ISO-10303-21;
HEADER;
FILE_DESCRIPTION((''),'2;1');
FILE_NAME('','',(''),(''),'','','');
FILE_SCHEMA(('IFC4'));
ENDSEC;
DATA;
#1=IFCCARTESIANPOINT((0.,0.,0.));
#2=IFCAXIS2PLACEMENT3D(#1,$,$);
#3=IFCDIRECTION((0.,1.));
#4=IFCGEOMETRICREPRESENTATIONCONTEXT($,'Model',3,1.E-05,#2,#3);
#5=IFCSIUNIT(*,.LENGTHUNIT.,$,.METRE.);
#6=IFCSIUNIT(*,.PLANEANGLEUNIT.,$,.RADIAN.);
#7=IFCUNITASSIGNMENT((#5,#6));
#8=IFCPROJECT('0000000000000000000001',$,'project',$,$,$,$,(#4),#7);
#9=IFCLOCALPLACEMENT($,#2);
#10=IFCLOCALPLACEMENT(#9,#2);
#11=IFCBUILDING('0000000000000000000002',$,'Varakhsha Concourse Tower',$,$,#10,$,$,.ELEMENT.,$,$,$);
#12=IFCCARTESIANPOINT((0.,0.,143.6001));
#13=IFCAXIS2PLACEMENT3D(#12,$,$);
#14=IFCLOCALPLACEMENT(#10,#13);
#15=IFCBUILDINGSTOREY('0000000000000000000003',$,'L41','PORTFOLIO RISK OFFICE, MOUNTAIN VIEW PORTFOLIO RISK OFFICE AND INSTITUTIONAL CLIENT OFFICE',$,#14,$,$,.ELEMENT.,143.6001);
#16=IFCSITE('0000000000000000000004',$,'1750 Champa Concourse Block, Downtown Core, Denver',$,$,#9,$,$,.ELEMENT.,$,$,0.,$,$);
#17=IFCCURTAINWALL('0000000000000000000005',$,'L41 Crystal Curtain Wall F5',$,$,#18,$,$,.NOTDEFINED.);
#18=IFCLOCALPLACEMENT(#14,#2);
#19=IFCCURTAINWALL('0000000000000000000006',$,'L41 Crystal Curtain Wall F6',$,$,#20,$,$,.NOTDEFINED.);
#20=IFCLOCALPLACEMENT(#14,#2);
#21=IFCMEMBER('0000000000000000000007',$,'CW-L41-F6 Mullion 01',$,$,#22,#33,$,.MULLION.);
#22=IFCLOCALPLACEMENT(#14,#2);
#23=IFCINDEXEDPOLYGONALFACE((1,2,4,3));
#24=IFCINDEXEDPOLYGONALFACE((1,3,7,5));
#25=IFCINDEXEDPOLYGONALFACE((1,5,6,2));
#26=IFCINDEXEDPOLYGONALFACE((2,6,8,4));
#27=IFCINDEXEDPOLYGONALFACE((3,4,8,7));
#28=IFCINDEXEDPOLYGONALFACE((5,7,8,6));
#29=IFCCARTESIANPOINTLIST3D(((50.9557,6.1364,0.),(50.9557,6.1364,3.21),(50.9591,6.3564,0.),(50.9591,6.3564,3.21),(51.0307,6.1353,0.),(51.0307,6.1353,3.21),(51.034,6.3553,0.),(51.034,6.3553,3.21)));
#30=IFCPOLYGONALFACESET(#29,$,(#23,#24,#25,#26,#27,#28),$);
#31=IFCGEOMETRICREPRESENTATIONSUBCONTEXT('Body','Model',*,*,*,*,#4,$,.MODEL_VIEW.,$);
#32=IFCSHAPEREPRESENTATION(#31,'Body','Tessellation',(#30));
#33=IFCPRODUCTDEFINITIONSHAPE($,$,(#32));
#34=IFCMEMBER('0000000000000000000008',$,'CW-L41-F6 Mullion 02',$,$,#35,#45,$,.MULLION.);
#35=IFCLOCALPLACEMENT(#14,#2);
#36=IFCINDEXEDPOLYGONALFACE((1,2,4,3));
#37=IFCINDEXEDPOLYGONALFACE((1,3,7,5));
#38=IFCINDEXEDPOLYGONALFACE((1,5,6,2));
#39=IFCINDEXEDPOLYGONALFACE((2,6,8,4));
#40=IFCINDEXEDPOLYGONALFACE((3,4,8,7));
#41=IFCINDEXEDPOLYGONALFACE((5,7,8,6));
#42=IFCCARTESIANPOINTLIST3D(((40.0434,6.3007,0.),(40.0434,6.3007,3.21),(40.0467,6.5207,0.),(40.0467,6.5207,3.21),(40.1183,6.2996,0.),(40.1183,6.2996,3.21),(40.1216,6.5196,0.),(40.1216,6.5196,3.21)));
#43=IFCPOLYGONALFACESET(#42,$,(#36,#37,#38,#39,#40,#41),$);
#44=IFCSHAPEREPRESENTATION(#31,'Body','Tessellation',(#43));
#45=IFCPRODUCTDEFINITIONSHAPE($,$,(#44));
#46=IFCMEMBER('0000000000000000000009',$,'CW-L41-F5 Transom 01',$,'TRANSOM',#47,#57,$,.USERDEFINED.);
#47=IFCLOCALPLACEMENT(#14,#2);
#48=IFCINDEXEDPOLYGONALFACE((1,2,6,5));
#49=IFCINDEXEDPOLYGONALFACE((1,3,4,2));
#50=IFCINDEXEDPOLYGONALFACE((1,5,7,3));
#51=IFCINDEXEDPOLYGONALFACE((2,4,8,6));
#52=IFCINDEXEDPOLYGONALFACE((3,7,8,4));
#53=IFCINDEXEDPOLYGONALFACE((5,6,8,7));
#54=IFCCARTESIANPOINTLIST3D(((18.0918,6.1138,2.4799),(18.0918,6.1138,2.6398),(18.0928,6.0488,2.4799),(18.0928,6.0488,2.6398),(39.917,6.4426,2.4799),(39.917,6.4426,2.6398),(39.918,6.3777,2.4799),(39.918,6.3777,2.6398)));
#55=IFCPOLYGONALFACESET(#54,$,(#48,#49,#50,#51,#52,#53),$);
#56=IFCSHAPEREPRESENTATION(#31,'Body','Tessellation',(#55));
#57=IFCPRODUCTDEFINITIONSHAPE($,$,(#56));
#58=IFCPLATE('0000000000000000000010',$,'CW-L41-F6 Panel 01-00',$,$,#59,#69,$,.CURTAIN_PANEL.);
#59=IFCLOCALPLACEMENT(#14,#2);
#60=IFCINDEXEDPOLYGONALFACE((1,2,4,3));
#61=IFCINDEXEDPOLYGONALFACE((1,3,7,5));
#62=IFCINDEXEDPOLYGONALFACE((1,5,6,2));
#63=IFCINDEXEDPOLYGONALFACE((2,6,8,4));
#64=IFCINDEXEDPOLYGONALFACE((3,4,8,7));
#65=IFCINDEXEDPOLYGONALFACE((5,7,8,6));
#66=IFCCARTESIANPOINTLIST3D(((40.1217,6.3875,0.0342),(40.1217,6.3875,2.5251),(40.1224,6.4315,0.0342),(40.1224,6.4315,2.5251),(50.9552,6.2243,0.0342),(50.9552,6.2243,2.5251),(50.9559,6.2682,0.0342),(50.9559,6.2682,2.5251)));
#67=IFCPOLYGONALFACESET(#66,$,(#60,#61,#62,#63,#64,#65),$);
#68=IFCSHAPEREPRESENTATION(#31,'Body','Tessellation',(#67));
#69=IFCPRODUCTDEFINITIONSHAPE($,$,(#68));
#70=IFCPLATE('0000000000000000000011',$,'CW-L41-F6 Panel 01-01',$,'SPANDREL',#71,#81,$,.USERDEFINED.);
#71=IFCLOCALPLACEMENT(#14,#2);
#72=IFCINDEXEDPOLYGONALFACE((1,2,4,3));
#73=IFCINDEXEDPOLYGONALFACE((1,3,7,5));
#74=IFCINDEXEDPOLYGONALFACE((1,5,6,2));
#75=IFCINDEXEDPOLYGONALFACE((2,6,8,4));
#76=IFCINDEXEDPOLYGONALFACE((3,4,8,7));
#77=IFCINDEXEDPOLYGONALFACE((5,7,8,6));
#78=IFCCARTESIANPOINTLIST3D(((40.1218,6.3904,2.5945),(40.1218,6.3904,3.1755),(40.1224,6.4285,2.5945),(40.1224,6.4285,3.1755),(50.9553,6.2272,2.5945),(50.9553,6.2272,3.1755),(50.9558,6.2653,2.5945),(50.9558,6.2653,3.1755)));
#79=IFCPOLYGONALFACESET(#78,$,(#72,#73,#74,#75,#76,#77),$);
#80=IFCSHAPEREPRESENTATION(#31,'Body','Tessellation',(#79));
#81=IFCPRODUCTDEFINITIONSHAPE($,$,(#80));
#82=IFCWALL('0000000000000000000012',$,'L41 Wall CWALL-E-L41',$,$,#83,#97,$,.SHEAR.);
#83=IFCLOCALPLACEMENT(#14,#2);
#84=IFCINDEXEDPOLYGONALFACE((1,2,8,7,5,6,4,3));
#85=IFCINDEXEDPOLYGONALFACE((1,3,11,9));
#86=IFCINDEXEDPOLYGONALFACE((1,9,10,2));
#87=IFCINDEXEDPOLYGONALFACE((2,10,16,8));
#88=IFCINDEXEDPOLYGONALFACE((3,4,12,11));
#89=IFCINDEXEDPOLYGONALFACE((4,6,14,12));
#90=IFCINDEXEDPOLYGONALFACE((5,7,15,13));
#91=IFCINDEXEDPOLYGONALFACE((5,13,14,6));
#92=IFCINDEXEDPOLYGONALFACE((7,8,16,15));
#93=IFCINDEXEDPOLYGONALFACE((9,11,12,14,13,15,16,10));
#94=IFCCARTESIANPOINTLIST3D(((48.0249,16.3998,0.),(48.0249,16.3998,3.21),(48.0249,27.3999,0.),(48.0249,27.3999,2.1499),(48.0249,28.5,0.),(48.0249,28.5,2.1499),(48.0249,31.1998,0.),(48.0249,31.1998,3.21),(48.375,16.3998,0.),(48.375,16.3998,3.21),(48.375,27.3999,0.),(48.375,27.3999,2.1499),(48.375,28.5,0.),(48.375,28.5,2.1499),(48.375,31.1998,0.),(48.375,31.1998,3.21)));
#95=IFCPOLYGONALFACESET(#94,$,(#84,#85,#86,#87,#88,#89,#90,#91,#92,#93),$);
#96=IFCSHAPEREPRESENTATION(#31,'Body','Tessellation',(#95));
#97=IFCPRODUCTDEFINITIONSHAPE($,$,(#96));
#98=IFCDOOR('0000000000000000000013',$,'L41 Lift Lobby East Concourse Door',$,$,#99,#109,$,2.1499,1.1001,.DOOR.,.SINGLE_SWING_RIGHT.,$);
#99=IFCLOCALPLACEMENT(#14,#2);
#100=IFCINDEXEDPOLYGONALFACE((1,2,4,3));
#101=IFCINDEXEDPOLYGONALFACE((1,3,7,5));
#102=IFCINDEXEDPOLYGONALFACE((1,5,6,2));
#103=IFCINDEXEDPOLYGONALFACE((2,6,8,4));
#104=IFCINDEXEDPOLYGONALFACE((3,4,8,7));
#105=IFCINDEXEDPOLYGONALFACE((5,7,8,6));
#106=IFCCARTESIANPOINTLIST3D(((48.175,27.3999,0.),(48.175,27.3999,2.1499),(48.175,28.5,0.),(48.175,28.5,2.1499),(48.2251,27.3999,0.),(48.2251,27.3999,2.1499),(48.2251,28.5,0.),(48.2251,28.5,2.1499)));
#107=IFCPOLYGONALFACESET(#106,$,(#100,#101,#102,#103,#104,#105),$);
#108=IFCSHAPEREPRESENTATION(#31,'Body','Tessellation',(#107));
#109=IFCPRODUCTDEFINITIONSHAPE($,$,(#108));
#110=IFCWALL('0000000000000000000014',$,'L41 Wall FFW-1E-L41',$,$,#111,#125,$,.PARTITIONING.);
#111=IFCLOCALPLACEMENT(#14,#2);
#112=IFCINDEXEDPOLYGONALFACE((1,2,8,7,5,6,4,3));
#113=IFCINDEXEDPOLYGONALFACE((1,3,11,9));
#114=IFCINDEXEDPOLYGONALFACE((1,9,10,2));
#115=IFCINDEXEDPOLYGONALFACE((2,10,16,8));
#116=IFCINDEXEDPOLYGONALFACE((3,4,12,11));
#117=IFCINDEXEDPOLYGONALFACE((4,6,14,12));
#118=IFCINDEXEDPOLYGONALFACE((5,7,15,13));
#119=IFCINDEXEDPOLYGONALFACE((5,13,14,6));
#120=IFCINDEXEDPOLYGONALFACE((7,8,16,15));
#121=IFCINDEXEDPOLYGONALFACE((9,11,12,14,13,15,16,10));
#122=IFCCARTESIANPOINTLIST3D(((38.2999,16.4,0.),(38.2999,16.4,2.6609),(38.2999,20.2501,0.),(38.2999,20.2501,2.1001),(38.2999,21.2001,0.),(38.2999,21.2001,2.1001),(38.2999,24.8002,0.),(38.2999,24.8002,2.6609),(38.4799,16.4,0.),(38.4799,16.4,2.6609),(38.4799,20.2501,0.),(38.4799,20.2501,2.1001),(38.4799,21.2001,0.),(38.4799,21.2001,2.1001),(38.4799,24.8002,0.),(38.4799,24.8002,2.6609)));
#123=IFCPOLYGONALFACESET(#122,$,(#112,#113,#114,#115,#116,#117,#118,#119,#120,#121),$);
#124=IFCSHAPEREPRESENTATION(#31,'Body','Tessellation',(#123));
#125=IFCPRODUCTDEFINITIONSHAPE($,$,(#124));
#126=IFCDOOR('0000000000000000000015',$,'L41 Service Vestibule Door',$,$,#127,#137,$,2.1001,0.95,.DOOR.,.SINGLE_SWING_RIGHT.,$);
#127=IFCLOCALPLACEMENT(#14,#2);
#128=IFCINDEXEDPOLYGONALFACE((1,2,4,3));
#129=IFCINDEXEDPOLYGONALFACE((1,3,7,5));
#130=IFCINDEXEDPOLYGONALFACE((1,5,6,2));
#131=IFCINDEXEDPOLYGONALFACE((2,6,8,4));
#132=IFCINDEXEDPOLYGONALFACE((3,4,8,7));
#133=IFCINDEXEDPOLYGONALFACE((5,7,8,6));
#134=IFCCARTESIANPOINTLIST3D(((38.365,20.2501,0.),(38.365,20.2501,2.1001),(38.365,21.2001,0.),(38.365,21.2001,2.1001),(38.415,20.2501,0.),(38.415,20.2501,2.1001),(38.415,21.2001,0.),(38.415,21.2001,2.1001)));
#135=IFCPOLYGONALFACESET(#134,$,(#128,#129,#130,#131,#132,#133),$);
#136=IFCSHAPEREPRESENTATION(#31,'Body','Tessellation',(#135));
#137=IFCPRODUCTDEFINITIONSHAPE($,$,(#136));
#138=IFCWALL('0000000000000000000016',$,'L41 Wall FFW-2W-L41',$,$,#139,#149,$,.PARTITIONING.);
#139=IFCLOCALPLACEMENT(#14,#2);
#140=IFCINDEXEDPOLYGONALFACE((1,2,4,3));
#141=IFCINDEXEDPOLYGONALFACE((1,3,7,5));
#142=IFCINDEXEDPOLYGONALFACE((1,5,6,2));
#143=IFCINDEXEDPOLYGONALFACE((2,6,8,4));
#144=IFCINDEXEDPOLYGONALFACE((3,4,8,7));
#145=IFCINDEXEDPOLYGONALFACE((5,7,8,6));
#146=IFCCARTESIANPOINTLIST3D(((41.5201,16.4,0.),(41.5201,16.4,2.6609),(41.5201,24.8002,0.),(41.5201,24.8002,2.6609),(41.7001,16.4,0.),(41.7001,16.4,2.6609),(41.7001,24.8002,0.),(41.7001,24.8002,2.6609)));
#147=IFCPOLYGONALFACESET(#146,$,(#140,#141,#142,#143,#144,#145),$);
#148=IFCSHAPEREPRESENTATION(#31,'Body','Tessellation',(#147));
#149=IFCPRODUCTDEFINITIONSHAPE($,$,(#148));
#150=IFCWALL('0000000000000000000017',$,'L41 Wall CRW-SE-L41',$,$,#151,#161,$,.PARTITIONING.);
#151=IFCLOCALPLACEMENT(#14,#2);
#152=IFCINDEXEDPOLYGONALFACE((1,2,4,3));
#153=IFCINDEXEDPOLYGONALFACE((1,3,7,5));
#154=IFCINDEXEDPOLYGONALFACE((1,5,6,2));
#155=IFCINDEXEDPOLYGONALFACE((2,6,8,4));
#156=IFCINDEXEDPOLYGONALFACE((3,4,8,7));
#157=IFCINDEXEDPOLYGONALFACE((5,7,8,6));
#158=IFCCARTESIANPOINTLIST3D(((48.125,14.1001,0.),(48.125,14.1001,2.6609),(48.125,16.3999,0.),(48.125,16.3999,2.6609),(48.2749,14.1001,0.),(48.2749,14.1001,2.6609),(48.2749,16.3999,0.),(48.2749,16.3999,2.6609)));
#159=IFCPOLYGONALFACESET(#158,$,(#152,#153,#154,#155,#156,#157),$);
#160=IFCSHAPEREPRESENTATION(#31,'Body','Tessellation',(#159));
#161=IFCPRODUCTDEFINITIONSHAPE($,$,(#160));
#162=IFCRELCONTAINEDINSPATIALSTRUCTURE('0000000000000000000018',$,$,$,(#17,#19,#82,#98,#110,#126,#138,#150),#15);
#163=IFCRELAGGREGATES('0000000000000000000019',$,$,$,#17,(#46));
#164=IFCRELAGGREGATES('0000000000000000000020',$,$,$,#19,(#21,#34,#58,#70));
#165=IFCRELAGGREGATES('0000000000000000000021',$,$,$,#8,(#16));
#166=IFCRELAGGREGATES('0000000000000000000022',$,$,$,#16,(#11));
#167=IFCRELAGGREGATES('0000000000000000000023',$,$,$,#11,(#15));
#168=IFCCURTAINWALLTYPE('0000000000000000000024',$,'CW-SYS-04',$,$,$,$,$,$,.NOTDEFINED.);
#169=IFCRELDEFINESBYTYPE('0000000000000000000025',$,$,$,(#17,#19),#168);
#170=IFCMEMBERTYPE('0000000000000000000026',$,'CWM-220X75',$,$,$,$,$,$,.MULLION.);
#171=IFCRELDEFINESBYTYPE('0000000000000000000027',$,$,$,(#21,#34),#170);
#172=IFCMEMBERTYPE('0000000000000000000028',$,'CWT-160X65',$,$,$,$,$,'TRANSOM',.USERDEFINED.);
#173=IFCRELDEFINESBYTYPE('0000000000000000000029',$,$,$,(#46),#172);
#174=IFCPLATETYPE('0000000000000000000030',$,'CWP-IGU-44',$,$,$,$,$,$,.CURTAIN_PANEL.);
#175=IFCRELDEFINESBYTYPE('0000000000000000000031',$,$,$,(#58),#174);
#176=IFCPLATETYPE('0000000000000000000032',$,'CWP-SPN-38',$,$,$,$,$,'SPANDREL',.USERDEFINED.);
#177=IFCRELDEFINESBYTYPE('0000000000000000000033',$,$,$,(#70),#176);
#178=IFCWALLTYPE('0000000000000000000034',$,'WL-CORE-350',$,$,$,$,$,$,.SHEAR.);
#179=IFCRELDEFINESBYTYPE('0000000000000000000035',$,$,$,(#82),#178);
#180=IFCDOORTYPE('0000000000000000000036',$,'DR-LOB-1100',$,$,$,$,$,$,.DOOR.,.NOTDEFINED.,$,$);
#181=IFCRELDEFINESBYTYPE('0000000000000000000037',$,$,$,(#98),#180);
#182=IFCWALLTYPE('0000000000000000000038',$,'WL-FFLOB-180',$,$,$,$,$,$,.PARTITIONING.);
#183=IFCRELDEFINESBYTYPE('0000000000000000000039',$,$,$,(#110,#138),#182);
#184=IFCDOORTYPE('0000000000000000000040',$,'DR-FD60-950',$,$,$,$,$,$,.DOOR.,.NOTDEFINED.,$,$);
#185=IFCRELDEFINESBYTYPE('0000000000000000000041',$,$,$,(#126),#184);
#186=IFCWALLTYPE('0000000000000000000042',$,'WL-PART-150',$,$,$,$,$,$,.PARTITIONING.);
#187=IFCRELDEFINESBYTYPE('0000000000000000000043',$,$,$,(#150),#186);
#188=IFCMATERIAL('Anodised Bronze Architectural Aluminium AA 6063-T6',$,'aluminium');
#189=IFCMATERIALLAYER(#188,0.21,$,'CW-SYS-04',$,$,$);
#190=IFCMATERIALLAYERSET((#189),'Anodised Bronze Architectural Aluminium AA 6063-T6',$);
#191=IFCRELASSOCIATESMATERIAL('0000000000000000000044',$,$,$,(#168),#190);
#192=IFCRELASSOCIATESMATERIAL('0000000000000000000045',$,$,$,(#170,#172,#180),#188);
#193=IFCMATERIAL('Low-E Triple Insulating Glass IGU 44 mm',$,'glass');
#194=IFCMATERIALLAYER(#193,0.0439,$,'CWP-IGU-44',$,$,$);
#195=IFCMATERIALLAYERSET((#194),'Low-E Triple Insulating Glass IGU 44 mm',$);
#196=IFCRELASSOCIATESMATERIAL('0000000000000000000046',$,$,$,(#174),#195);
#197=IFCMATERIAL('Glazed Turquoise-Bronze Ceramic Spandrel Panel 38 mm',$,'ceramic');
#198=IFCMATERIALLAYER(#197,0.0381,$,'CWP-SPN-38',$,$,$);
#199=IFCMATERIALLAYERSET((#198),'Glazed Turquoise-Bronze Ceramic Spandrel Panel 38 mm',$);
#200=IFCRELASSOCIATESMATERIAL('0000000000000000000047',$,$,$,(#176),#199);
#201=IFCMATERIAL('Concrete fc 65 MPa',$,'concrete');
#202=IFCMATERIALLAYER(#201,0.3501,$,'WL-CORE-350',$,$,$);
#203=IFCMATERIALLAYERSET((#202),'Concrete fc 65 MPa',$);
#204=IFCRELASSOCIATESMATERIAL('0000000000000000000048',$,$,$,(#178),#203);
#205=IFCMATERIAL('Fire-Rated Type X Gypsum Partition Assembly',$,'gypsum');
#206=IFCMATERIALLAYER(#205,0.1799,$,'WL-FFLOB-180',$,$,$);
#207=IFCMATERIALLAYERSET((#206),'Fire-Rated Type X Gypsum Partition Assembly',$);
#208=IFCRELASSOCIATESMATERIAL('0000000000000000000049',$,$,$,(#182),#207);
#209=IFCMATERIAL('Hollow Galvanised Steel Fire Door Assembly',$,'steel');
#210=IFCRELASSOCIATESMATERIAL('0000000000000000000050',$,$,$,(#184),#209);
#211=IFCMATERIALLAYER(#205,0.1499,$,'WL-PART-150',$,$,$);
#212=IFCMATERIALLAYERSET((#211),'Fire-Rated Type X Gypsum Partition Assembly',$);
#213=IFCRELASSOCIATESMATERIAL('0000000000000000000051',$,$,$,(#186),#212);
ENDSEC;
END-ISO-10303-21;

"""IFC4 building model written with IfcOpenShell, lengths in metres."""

from ifc_helpers import new_model, si_unit, direction, frame, frame_2d, origin, origin_2d, place, context, subcontext, project, spatial, rectangle, extrude, source, transform, mapped, material, layer, layer_set, material_profile, profile_set, type_object, type_shapes, element, fill, aggregate, save


model = new_model("IFC4")

# Units and contexts
model_context = context("Model", 3, precision=1e-05, world=origin(), true_north=direction((0.0, 1.0)))
body_context = subcontext(model_context, "Body", "Model", "MODEL_VIEW")
ifc_project = project(units=[si_unit("LENGTHUNIT", "METRE"), si_unit("PLANEANGLEUNIT", "RADIAN")], contexts=[model_context])

# Site, building, storey
site_placement = place(None, origin())
site = spatial("IfcSite", under=ifc_project, at=site_placement, Name="1750 Champa Concourse Block, Downtown Core, Denver", CompositionType="ELEMENT", RefElevation=0.0)
building_placement = place(site_placement, origin())
building = spatial("IfcBuilding", under=site, at=building_placement, Name="Varakhsha Concourse Tower", CompositionType="ELEMENT")
storey_placement = place(building_placement, frame((0.0, 0.0, 143.6001)))
storey = spatial("IfcBuildingStorey", under=building, at=storey_placement, Name="L41", Description="PORTFOLIO RISK OFFICE, MOUNTAIN VIEW PORTFOLIO RISK OFFICE AND INSTITUTIONAL CLIENT OFFICE", CompositionType="ELEMENT", Elevation=143.6001)

# Shared definitions
ifc_material_1 = material(Name="Concrete fc 65 MPa", Category="concrete")

# Curtain wall
ifc_material_2 = material(Name="Anodised Bronze Architectural Aluminium AA 6063-T6", Category="aluminium")
ifc_layer_1 = layer(ifc_material_2, 0.21, Name="CW-SYS-04")
ifc_layer_set_1 = layer_set([ifc_layer_1], Name="Anodised Bronze Architectural Aluminium AA 6063-T6")
curtain_wall_type = type_object("IfcCurtainWallType", Name="CW-SYS-04", PredefinedType="NOTDEFINED", material=ifc_layer_set_1)
curtain_wall_1_placement = place(storey_placement, origin())
curtain_wall_1 = element("IfcCurtainWall", 1, at=curtain_wall_1_placement, inside=storey, type_object=curtain_wall_type, Name="L41 Crystal Curtain Wall F5", PredefinedType="NOTDEFINED")
ifc_material_profile_1 = material_profile(ifc_material_2, rectangle(XDim=0.075, YDim=0.22, at=origin_2d()), Name="CWM-220X75")
ifc_profile_set_1 = profile_set([ifc_material_profile_1], Name="Anodised Bronze Architectural Aluminium AA 6063-T6")
member_type_1 = type_object("IfcMemberType", Name="CWM-220X75", PredefinedType="MULLION", material=ifc_profile_set_1)
shared_shape_1 = source(origin(), body_context, "Body", "SweptSolid", [
    extrude(rectangle(XDim=0.075, YDim=0.22, at=origin_2d()), origin(), (0.0, 0.0, 1.0), 3.21),
])
type_shapes(member_type_1, [shared_shape_1])

# Curtain wall, members
curtain_wall_2_placement = place(storey_placement, origin())
curtain_wall_2 = element("IfcCurtainWall", 2, at=curtain_wall_2_placement, inside=storey, type_object=curtain_wall_type, Name="L41 Crystal Curtain Wall F6", PredefinedType="NOTDEFINED")
member_1_placement = place(storey_placement, frame((50.9949, 6.2458, 0.0), z_axis=(0.0, 0.0, 1.0), x_axis=(-0.999887, 0.015063, 0.0)))
member_1 = element("IfcMember", 3, at=member_1_placement, type_object=member_type_1, Name="CW-L41-F6 Mullion 01", PredefinedType="MULLION", context=body_context, shape_type="MappedRepresentation", body=[
    mapped(shared_shape_1, transform((0.0, 0.0, 0.0), scale=1.0)),
])
member_2_placement = place(storey_placement, frame((40.0825, 6.4102, 0.0), z_axis=(0.0, 0.0, 1.0), x_axis=(-0.999887, 0.015063, 0.0)))
member_2 = element("IfcMember", 4, at=member_2_placement, type_object=member_type_1, Name="CW-L41-F6 Mullion 02", PredefinedType="MULLION", context=body_context, shape_type="MappedRepresentation", body=[
    mapped(shared_shape_1, transform((0.0, 0.0, 0.0), scale=1.0)),
])

# Member
ifc_material_profile_2 = material_profile(ifc_material_2, rectangle(XDim=0.0649, YDim=0.1599, at=origin_2d()), Name="CWT-160X65")
ifc_profile_set_2 = profile_set([ifc_material_profile_2], Name="Anodised Bronze Architectural Aluminium AA 6063-T6")
member_type_2 = type_object("IfcMemberType", Name="CWT-160X65", ElementType="TRANSOM", PredefinedType="USERDEFINED", material=ifc_profile_set_2)
shared_shape_2 = source(origin(), body_context, "Body", "SweptSolid", [
    extrude(rectangle(XDim=0.0649, YDim=0.1599, at=origin_2d()), origin(), (0.0, 0.0, 1.0), 21.8276),
])
type_shapes(member_type_2, [shared_shape_2])
member_3_placement = place(storey_placement, frame((39.9175, 6.4102, 2.5598), z_axis=(-0.999887, -0.015066, 0.0), x_axis=(0.015066, -0.999887, 0.0)))
member_3 = element("IfcMember", 5, at=member_3_placement, type_object=member_type_2, Name="CW-L41-F5 Transom 01", ObjectType="TRANSOM", PredefinedType="USERDEFINED", context=body_context, shape_type="MappedRepresentation", body=[
    mapped(shared_shape_2, transform((0.0, 0.0, 0.0), scale=1.0)),
])
aggregate(curtain_wall_1, [member_3])

# Plates
ifc_material_3 = material(Name="Low-E Triple Insulating Glass IGU 44 mm", Category="glass")
ifc_layer_2 = layer(ifc_material_3, 0.0439, Name="CWP-IGU-44")
ifc_layer_set_2 = layer_set([ifc_layer_2], Name="Low-E Triple Insulating Glass IGU 44 mm")
plate_type_1 = type_object("IfcPlateType", Name="CWP-IGU-44", PredefinedType="CURTAIN_PANEL", material=ifc_layer_set_2)
shared_shape_3 = source(origin(), body_context, "Body", "SweptSolid", [
    extrude(rectangle(XDim=10.8347, YDim=0.0439, at=origin_2d()), origin(), (0.0, 0.0, 1.0), 2.491),
])
type_shapes(plate_type_1, [shared_shape_3])
plate_1_placement = place(storey_placement, frame((45.5388, 6.3279, 0.0342), z_axis=(0.0, 0.0, 1.0), x_axis=(-0.999887, 0.015063, 0.0)))
plate_1 = element("IfcPlate", 6, at=plate_1_placement, type_object=plate_type_1, Name="CW-L41-F6 Panel 01-00", PredefinedType="CURTAIN_PANEL", context=body_context, shape_type="MappedRepresentation", body=[
    mapped(shared_shape_3, transform((0.0, 0.0, 0.0), scale=1.0)),
])
ifc_material_4 = material(Name="Glazed Turquoise-Bronze Ceramic Spandrel Panel 38 mm", Category="ceramic")
ifc_layer_3 = layer(ifc_material_4, 0.0381, Name="CWP-SPN-38")
ifc_layer_set_3 = layer_set([ifc_layer_3], Name="Glazed Turquoise-Bronze Ceramic Spandrel Panel 38 mm")
plate_type_2 = type_object("IfcPlateType", Name="CWP-SPN-38", ElementType="SPANDREL", PredefinedType="USERDEFINED", material=ifc_layer_set_3)
shared_shape_4 = source(origin(), body_context, "Body", "SweptSolid", [
    extrude(rectangle(XDim=10.8347, YDim=0.0381, at=origin_2d()), origin(), (0.0, 0.0, 1.0), 0.5811),
])
type_shapes(plate_type_2, [shared_shape_4])
plate_2_placement = place(storey_placement, frame((45.5388, 6.3279, 2.5945), z_axis=(0.0, 0.0, 1.0), x_axis=(-0.999887, 0.015063, 0.0)))
plate_2 = element("IfcPlate", 7, at=plate_2_placement, type_object=plate_type_2, Name="CW-L41-F6 Panel 01-01", ObjectType="SPANDREL", PredefinedType="USERDEFINED", context=body_context, shape_type="MappedRepresentation", body=[
    mapped(shared_shape_4, transform((0.0, 0.0, 0.0), scale=1.0)),
])
aggregate(curtain_wall_2, [member_1, member_2, plate_1, plate_2])

# Walls, openings, doors
ifc_layer_4 = layer(ifc_material_1, 0.3501, Name="WL-CORE-350")
ifc_layer_set_4 = layer_set([ifc_layer_4], Name="Concrete fc 65 MPa")
wall_type_1 = type_object("IfcWallType", Name="WL-CORE-350", PredefinedType="SHEAR", material=ifc_layer_set_4)
wall_1_placement = place(storey_placement, frame((48.2, 16.3999, 0.0), z_axis=(0.0, 0.0, 1.0), x_axis=(0.0, 1.0, 0.0)))
wall_1 = element("IfcWall", 8, at=wall_1_placement, inside=storey, type_object=wall_type_1, Name="L41 Wall CWALL-E-L41", PredefinedType="SHEAR", context=body_context, shape_type="SweptSolid", body=[
    extrude(rectangle(XDim=14.8, YDim=0.3501, at=frame_2d((7.3999, 0.0))), origin(), (0.0, 0.0, 1.0), 3.21),
])
opening_1_placement = place(wall_1_placement, frame((11.0, 0.0, 0.0)))
opening_1 = element("IfcOpeningElement", 9, at=opening_1_placement, cuts=wall_1, PredefinedType="OPENING", context=body_context, shape_type="SweptSolid", body=[
    extrude(rectangle(XDim=1.1001, YDim=2.1499, at=frame_2d((0.55, 1.075))), frame((0.0, 0.1851, 0.0), z_axis=(0.0, -1.0, 0.0), x_axis=(1.0, 0.0, 0.0)), (0.0, 0.0, 1.0), 0.3701),
])
door_type_1 = type_object("IfcDoorType", Name="DR-LOB-1100", OperationType="NOTDEFINED", PredefinedType="DOOR", material=ifc_material_2)
door_1_placement = place(opening_1_placement, origin())
door_1 = element("IfcDoor", 10, at=door_1_placement, inside=storey, type_object=door_type_1, Name="L41 Lift Lobby East Concourse Door", OperationType="SINGLE_SWING_RIGHT", OverallHeight=2.1499, OverallWidth=1.1001, PredefinedType="DOOR", context=body_context, shape_type="SweptSolid", body=[
    extrude(rectangle(XDim=1.1001, YDim=2.1499, at=frame_2d((0.55, 1.075))), frame((0.0, 0.0249, 0.0), z_axis=(0.0, -1.0, 0.0), x_axis=(1.0, 0.0, 0.0)), (0.0, 0.0, 1.0), 0.05),
])
fill(opening_1, door_1)
ifc_material_5 = material(Name="Fire-Rated Type X Gypsum Partition Assembly", Category="gypsum")
ifc_layer_5 = layer(ifc_material_5, 0.1799, Name="WL-FFLOB-180")
ifc_layer_set_5 = layer_set([ifc_layer_5], Name="Fire-Rated Type X Gypsum Partition Assembly")
wall_type_2 = type_object("IfcWallType", Name="WL-FFLOB-180", PredefinedType="PARTITIONING", material=ifc_layer_set_5)
wall_2_placement = place(storey_placement, frame((38.3899, 16.3999, 0.0), z_axis=(0.0, 0.0, 1.0), x_axis=(0.0, 1.0, 0.0)))
wall_2 = element("IfcWall", 11, at=wall_2_placement, inside=storey, type_object=wall_type_2, Name="L41 Wall FFW-1E-L41", PredefinedType="PARTITIONING", context=body_context, shape_type="SweptSolid", body=[
    extrude(rectangle(XDim=8.4001, YDim=0.1799, at=frame_2d((4.2002, 0.0))), origin(), (0.0, 0.0, 1.0), 2.6609),
])
opening_2_placement = place(wall_2_placement, frame((3.8501, 0.0, 0.0)))
opening_2 = element("IfcOpeningElement", 12, at=opening_2_placement, cuts=wall_2, PredefinedType="OPENING", context=body_context, shape_type="SweptSolid", body=[
    extrude(rectangle(XDim=0.95, YDim=2.1001, at=frame_2d((0.4751, 1.05))), frame((0.0, 0.0999, 0.0), z_axis=(0.0, -1.0, 0.0), x_axis=(1.0, 0.0, 0.0)), (0.0, 0.0, 1.0), 0.2),
])
ifc_material_6 = material(Name="Hollow Galvanised Steel Fire Door Assembly", Category="steel")
door_type_2 = type_object("IfcDoorType", Name="DR-FD60-950", OperationType="NOTDEFINED", PredefinedType="DOOR", material=ifc_material_6)
door_2_placement = place(opening_2_placement, origin())
door_2 = element("IfcDoor", 13, at=door_2_placement, inside=storey, type_object=door_type_2, Name="L41 Service Vestibule Door", OperationType="SINGLE_SWING_RIGHT", OverallHeight=2.1001, OverallWidth=0.95, PredefinedType="DOOR", context=body_context, shape_type="SweptSolid", body=[
    extrude(rectangle(XDim=0.95, YDim=2.1001, at=frame_2d((0.4751, 1.05))), frame((0.0, 0.0249, 0.0), z_axis=(0.0, -1.0, 0.0), x_axis=(1.0, 0.0, 0.0)), (0.0, 0.0, 1.0), 0.05),
])
fill(opening_2, door_2)

# Walls
wall_3_placement = place(storey_placement, frame((41.6101, 16.3999, 0.0), z_axis=(0.0, 0.0, 1.0), x_axis=(0.0, 1.0, 0.0)))
element("IfcWall", 14, at=wall_3_placement, inside=storey, type_object=wall_type_2, Name="L41 Wall FFW-2W-L41", PredefinedType="PARTITIONING", context=body_context, shape_type="SweptSolid", body=[
    extrude(rectangle(XDim=8.4001, YDim=0.1799, at=frame_2d((4.2002, 0.0))), origin(), (0.0, 0.0, 1.0), 2.6609),
])
ifc_layer_6 = layer(ifc_material_5, 0.1499, Name="WL-PART-150")
ifc_layer_set_6 = layer_set([ifc_layer_6], Name="Fire-Rated Type X Gypsum Partition Assembly")
wall_type_3 = type_object("IfcWallType", Name="WL-PART-150", PredefinedType="PARTITIONING", material=ifc_layer_set_6)
wall_4_placement = place(storey_placement, frame((48.2, 14.1001, 0.0), z_axis=(0.0, 0.0, 1.0), x_axis=(0.0, 1.0, 0.0)))
element("IfcWall", 15, at=wall_4_placement, inside=storey, type_object=wall_type_3, Name="L41 Wall CRW-SE-L41", PredefinedType="PARTITIONING", context=body_context, shape_type="SweptSolid", body=[
    extrude(rectangle(XDim=2.2998, YDim=0.1499, at=frame_2d((1.1499, 0.0))), origin(), (0.0, 0.0, 1.0), 2.6609),
])

save(model, "model.ifc")
